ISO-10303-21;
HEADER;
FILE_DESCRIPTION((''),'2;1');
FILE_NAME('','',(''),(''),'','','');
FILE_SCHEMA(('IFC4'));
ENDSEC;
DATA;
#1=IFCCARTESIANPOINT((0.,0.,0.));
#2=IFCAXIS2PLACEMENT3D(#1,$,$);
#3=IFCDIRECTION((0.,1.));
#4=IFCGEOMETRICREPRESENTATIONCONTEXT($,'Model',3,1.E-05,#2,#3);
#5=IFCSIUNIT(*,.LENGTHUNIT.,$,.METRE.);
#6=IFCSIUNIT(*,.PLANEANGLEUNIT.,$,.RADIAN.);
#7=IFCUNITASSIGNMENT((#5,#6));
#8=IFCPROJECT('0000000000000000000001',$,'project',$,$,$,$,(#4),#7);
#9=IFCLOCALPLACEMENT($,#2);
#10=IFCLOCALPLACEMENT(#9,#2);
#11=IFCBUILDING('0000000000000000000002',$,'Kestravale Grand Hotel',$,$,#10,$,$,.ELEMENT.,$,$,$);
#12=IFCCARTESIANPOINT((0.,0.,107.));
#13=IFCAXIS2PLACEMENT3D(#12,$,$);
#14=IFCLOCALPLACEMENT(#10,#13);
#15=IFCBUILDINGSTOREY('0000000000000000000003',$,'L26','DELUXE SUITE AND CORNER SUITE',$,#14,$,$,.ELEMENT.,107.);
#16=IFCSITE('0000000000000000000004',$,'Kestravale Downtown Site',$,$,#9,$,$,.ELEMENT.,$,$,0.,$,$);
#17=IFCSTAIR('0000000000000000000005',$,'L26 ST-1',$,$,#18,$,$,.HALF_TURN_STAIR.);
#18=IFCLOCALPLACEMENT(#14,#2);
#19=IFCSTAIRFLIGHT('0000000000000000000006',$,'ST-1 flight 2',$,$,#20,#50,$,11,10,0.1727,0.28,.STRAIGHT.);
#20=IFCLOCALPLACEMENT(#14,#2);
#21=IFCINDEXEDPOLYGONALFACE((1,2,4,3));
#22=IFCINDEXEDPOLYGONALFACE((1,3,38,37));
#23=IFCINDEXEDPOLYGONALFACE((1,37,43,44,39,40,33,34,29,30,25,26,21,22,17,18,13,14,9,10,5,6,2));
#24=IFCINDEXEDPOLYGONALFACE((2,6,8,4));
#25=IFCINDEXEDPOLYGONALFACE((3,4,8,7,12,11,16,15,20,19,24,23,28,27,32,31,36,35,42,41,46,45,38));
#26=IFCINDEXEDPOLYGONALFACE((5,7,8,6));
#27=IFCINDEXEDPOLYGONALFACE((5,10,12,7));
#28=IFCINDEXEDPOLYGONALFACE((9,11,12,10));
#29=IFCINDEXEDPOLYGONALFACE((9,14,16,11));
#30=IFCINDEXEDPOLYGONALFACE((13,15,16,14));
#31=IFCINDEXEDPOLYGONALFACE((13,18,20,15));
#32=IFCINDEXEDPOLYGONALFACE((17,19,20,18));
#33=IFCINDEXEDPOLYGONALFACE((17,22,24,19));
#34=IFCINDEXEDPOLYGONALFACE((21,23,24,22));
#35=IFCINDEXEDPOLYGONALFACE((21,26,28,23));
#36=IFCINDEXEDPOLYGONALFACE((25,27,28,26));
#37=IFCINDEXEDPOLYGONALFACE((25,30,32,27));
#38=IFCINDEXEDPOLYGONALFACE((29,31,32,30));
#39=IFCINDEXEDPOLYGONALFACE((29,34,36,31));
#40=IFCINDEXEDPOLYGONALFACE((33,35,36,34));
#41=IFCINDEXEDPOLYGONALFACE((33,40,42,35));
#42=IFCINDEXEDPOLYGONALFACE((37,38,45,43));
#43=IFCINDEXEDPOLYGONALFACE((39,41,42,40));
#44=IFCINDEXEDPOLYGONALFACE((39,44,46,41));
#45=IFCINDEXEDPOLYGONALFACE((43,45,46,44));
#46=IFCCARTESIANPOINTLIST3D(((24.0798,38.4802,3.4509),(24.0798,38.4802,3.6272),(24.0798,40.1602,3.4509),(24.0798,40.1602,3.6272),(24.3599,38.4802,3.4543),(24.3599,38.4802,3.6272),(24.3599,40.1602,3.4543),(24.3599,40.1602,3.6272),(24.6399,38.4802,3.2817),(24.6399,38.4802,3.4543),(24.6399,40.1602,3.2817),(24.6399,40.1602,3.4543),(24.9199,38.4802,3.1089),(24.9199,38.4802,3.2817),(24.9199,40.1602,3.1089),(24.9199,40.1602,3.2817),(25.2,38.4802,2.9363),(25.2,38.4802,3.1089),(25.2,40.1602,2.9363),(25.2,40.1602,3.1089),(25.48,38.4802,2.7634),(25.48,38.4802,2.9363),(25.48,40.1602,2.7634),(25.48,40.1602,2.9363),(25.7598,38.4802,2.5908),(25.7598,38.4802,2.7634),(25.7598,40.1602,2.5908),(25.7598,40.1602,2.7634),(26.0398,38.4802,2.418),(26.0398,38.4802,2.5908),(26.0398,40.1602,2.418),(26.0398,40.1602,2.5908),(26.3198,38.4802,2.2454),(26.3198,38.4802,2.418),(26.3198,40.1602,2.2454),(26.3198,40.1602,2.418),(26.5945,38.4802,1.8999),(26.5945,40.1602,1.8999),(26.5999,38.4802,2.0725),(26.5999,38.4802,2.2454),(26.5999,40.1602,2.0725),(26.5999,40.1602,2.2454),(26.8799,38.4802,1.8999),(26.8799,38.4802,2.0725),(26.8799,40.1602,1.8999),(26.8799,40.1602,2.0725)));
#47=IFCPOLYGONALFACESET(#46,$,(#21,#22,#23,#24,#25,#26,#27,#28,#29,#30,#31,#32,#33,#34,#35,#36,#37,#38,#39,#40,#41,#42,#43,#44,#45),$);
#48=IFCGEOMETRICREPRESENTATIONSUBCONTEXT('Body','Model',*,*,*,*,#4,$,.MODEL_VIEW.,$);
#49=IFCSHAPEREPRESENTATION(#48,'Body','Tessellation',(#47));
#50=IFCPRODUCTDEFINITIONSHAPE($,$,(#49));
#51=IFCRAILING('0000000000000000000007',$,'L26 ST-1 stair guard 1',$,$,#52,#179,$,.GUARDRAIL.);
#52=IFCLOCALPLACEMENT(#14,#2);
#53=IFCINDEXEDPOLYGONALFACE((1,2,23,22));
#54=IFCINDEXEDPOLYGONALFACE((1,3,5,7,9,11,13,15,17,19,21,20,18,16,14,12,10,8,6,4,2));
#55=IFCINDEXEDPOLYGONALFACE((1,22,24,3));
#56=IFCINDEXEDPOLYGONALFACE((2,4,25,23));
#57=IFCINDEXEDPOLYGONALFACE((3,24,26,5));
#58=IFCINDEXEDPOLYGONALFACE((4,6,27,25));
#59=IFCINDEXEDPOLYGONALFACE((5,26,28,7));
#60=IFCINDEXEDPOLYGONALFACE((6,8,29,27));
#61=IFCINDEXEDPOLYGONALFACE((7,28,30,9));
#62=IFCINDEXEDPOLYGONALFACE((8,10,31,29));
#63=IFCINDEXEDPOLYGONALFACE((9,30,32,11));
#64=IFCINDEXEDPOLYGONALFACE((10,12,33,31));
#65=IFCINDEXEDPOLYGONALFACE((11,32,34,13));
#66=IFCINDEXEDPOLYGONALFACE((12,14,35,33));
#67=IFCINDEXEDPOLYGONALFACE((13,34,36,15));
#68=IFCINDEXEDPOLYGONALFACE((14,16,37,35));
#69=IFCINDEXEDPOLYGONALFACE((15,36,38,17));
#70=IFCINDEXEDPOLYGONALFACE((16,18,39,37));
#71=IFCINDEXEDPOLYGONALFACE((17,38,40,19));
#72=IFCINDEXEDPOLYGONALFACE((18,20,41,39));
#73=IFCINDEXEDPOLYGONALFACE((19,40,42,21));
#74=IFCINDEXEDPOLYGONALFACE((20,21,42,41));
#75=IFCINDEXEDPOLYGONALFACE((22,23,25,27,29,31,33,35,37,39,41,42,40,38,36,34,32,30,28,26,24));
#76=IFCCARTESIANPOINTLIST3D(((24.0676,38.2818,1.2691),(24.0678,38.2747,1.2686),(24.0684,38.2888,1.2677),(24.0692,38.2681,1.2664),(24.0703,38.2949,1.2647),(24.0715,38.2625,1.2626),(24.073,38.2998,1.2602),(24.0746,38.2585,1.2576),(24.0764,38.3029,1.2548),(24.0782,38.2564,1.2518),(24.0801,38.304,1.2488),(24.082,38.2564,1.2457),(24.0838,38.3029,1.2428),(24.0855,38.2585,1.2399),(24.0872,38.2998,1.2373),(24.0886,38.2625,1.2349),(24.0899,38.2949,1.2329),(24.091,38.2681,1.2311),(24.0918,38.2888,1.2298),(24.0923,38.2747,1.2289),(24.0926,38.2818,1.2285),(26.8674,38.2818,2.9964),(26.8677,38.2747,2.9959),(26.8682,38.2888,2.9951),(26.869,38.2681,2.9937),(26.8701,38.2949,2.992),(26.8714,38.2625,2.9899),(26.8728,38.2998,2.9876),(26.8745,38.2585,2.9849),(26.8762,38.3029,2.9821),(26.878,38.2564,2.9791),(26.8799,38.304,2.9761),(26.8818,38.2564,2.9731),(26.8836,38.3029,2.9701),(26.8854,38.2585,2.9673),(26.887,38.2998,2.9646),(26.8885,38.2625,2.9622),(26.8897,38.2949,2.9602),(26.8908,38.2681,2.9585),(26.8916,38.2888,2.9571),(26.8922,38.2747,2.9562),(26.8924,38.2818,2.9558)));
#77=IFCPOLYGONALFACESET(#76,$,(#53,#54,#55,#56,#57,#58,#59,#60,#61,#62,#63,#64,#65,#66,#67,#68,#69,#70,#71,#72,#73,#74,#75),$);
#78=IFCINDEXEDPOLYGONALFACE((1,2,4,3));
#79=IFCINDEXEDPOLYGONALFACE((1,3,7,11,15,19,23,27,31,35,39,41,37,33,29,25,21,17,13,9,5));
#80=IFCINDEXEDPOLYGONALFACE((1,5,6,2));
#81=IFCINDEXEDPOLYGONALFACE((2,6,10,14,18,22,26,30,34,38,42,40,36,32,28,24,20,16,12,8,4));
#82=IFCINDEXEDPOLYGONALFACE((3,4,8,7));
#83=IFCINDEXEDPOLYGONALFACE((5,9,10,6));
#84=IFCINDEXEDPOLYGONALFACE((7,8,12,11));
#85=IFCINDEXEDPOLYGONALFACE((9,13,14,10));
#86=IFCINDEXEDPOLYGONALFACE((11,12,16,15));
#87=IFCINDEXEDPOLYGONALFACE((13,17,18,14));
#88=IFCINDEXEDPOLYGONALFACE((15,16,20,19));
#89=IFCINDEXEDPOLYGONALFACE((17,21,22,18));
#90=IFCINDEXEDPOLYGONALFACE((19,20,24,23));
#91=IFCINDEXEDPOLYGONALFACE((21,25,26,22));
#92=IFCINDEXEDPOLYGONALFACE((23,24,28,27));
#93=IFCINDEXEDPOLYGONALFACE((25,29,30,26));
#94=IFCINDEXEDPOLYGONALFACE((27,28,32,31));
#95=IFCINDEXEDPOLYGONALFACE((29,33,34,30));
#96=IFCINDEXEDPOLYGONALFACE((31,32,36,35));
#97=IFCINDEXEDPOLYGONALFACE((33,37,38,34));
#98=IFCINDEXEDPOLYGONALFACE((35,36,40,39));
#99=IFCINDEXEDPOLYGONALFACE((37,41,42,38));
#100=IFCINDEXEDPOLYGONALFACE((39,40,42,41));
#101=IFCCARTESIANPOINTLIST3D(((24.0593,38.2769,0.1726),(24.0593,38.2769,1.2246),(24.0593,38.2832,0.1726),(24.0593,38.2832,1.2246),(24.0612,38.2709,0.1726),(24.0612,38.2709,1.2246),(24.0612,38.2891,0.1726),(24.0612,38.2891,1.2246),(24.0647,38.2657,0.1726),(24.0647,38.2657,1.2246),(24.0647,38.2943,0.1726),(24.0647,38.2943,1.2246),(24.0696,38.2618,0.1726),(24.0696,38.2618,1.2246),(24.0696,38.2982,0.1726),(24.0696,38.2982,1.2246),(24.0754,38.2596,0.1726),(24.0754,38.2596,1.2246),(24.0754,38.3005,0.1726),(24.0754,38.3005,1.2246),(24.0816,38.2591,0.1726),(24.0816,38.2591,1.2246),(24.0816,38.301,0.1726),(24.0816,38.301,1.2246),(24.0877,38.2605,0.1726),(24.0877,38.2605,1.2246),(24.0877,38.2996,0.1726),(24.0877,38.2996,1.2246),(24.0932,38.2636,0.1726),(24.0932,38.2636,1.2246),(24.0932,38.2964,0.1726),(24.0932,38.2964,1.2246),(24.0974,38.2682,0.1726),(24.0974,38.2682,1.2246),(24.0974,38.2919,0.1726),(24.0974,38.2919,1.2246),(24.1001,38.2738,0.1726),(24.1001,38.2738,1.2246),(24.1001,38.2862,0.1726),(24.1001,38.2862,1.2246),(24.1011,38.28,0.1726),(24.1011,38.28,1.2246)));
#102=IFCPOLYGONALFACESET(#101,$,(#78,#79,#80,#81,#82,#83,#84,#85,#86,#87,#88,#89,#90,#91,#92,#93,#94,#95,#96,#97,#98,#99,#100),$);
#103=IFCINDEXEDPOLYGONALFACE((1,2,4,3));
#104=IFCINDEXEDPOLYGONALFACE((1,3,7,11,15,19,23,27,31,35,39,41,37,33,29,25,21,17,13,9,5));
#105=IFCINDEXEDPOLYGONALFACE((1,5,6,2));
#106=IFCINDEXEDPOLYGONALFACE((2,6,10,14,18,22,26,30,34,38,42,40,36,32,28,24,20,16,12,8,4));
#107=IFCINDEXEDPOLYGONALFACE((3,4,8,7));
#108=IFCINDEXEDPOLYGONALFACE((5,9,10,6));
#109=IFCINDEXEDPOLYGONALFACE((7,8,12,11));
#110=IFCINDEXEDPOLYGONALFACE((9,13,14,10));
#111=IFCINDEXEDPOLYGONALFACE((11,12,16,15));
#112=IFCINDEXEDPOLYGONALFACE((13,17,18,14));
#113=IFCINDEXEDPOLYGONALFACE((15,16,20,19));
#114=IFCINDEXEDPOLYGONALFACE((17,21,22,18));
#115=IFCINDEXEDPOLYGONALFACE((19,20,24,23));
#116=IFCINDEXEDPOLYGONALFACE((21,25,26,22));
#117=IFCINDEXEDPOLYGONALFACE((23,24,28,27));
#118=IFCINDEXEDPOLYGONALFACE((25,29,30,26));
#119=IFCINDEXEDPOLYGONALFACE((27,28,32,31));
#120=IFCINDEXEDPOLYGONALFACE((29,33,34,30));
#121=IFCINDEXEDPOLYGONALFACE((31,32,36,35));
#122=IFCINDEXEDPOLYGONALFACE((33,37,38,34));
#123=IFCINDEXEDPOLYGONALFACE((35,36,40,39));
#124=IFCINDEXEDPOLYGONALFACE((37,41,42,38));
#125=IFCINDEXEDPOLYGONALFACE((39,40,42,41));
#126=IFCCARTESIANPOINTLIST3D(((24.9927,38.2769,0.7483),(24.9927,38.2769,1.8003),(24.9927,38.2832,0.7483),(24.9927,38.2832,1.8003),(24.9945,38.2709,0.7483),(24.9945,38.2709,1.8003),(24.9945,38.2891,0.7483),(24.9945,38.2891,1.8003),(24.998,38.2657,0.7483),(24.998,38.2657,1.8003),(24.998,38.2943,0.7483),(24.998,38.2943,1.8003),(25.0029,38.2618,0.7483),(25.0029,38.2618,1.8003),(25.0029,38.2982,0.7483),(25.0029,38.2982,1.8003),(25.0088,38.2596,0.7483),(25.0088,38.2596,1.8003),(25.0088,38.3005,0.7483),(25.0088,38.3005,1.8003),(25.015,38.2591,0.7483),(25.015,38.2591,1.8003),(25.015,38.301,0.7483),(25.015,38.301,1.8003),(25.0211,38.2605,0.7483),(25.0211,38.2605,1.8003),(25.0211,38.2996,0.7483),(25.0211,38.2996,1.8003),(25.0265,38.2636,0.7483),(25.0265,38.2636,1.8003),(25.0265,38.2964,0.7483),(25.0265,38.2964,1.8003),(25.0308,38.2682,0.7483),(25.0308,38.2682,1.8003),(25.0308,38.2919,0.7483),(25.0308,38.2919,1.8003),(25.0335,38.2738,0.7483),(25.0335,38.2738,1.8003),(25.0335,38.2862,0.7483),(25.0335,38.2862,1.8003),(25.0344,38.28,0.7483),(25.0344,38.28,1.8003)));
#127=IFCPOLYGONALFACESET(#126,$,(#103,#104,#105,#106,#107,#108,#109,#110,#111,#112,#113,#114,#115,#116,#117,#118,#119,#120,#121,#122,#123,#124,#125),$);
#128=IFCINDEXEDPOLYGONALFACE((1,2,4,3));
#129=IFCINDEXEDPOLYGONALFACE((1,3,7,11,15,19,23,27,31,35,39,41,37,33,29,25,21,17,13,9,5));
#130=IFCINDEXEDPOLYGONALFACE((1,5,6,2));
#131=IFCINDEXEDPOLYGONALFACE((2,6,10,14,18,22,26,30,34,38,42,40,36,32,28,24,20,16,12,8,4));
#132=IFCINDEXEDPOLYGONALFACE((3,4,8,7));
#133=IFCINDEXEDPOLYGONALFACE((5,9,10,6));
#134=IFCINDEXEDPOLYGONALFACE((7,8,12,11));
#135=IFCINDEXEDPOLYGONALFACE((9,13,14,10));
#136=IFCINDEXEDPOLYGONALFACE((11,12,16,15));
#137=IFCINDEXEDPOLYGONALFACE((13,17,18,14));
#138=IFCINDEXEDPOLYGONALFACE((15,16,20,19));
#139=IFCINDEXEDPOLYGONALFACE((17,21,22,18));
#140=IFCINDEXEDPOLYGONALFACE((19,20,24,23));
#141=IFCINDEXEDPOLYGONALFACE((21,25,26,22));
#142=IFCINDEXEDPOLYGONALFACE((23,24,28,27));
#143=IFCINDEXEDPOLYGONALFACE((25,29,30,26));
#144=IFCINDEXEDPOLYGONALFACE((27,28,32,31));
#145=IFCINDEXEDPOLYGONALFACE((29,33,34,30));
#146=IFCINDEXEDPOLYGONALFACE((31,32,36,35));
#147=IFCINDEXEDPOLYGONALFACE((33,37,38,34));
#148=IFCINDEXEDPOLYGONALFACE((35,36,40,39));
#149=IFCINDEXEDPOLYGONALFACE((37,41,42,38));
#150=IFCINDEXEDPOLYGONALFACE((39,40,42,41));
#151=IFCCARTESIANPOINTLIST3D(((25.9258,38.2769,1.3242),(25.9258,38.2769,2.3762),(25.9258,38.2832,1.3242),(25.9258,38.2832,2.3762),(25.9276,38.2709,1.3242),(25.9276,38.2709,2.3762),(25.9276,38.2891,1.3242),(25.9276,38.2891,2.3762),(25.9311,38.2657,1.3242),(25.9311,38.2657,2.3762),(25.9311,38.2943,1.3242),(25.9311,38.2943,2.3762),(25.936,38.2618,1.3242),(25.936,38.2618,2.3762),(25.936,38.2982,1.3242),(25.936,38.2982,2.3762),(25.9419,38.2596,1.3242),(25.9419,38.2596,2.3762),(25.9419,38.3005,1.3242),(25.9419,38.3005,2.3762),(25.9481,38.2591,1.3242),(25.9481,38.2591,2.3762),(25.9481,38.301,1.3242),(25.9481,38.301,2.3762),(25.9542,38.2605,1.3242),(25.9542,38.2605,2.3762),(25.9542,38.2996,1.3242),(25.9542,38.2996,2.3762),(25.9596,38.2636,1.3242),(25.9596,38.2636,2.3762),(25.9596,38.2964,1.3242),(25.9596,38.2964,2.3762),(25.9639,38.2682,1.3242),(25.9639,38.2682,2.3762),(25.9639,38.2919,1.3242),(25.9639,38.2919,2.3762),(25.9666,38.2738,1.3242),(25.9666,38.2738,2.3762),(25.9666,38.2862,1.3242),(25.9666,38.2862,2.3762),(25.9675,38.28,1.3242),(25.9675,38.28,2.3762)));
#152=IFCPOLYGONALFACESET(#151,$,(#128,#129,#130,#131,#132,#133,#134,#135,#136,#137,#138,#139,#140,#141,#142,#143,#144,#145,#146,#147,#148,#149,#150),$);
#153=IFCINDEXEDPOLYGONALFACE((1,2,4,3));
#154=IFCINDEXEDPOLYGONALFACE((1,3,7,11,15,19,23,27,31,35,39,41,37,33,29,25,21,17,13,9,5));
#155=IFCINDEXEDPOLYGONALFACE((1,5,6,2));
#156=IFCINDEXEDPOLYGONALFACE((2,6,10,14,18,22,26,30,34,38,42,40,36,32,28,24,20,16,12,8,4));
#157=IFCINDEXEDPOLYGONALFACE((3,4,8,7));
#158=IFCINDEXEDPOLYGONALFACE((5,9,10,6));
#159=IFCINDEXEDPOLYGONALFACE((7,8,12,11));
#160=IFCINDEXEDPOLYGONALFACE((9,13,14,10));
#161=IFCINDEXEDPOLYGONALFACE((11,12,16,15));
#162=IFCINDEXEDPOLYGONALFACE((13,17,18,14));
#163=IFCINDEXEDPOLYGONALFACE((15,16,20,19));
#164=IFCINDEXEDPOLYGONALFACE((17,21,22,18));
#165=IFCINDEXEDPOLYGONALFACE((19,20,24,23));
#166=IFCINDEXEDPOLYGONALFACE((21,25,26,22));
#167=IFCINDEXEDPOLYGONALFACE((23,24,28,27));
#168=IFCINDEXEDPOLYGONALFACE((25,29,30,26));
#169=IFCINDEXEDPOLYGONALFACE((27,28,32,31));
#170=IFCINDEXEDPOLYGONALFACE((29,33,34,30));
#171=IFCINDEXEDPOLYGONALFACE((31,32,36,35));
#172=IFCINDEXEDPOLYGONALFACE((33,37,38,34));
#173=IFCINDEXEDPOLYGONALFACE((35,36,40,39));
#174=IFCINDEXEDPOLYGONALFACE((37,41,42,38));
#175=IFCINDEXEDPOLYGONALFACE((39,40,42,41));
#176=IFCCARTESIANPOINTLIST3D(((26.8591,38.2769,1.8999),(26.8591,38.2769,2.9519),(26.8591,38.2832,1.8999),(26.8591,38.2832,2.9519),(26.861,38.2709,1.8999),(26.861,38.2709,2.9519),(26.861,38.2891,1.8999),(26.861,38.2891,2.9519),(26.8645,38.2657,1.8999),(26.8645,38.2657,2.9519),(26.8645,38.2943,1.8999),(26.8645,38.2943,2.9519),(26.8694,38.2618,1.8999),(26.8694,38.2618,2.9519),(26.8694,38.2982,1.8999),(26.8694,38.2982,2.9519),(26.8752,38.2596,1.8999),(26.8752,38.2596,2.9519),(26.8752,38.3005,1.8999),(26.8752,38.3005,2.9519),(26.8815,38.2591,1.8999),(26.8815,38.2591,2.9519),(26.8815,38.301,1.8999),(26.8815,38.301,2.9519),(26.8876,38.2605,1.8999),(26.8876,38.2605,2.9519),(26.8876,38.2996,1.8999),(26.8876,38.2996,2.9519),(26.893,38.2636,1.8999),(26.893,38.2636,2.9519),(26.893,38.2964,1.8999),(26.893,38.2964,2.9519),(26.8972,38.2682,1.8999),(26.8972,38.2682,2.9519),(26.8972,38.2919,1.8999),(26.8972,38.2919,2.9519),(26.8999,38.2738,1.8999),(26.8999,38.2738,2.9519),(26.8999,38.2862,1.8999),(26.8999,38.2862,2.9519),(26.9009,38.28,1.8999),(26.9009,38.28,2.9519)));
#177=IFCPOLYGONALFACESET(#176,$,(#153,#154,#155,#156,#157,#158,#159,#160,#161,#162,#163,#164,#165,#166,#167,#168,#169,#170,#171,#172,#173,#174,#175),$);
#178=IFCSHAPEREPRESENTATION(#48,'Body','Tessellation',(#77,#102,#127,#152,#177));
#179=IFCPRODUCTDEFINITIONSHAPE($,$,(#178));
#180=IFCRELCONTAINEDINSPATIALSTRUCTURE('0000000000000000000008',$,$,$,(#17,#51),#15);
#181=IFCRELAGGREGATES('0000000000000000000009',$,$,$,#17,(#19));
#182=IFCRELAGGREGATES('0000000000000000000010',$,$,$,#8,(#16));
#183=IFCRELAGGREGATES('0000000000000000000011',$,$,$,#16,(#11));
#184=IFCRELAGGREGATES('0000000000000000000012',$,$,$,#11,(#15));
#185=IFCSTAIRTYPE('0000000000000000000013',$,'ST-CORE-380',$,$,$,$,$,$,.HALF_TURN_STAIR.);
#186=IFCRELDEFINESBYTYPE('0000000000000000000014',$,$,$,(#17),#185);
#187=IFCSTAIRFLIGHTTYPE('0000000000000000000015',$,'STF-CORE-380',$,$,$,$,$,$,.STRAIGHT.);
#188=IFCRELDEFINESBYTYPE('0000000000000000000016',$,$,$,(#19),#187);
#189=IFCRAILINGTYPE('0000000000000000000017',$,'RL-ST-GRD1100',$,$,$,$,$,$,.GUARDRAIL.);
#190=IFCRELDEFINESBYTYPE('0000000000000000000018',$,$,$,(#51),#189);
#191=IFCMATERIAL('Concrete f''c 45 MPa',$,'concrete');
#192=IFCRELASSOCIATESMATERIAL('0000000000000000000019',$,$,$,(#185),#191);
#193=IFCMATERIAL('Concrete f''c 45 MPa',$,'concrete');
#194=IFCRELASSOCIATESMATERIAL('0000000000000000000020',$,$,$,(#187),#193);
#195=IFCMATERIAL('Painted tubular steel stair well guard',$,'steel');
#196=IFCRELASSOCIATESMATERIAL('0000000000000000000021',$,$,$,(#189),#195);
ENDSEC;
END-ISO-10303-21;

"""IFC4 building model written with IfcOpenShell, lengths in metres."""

from ifc_helpers import new_model, si_unit, direction, frame, origin, origin_2d, place, context, subcontext, project, spatial, polyline, circle, outline, extrude, material, type_object, element, aggregate, save


model = new_model("IFC4")

# Units and contexts
model_context = context("Model", 3, precision=1e-05, world=origin(), true_north=direction((0.0, 1.0)))
body_context = subcontext(model_context, "Body", "Model", "MODEL_VIEW")
ifc_project = project(units=[si_unit("LENGTHUNIT", "METRE"), si_unit("PLANEANGLEUNIT", "RADIAN")], contexts=[model_context])

# Site, building, storey
site_placement = place(None, origin())
site = spatial("IfcSite", under=ifc_project, at=site_placement, Name="Kestravale Downtown Site", CompositionType="ELEMENT", RefElevation=0.0)
building_placement = place(site_placement, origin())
building = spatial("IfcBuilding", under=site, at=building_placement, Name="Kestravale Grand Hotel", CompositionType="ELEMENT")
storey_placement = place(building_placement, frame((0.0, 0.0, 107.0)))
storey = spatial("IfcBuildingStorey", under=building, at=storey_placement, Name="L26", Description="DELUXE SUITE AND CORNER SUITE", CompositionType="ELEMENT", Elevation=107.0)

# Stair, stair flight
ifc_material_1 = material(Name="Concrete f'c 45 MPa", Category="concrete")
stair_type = type_object("IfcStairType", Name="ST-CORE-380", PredefinedType="HALF_TURN_STAIR", material=ifc_material_1)
stair_placement = place(storey_placement, origin())
stair = element("IfcStair", 1, at=stair_placement, inside=storey, type_object=stair_type, Name="L26 ST-1", PredefinedType="HALF_TURN_STAIR")
ifc_material_2 = material(Name="Concrete f'c 45 MPa", Category="concrete")
stair_flight_type = type_object("IfcStairFlightType", Name="STF-CORE-380", PredefinedType="STRAIGHT", material=ifc_material_2)
stair_flight_1_placement = place(storey_placement, frame((26.8799, 39.3201, 1.8999), z_axis=(0.0, 0.0, 1.0), x_axis=(-1.0, 0.0, 0.0)))
stair_flight_1 = element("IfcStairFlight", 2, at=stair_flight_1_placement, type_object=stair_flight_type, Name="ST-1 flight 2", NumberOfRisers=11, NumberOfTreads=10, PredefinedType="STRAIGHT", RiserHeight=0.1727, TreadLength=0.28, context=body_context, shape_type="SweptSolid", body=[
    extrude(outline(polyline([(0.0, 0.0), (0.0, 0.1726), (0.28, 0.1726), (0.28, 0.3455), (0.5601, 0.3455), (0.5601, 0.5181), (0.8401, 0.5181), (0.8401, 0.6909), (1.1201, 0.6909), (1.1201, 0.8635), (1.3999, 0.8635), (1.3999, 1.0364), (1.6799, 1.0364), (1.6799, 1.209), (1.96, 1.209), (1.96, 1.3818), (2.24, 1.3818), (2.24, 1.5544), (2.52, 1.5544), (2.52, 1.7273), (2.8, 1.7273), (2.8, 1.8999), (2.8, 1.551), (0.2854, 0.0), (0.0, 0.0)])), frame((0.0, 0.8398, 0.0), z_axis=(0.0, -1.0, 0.0), x_axis=(1.0, 0.0, 0.0)), (0.0, 0.0, 1.0), 1.6799),
])
aggregate(stair, [stair_flight_1])

# Railing
ifc_material_3 = material(Name="Painted tubular steel stair well guard", Category="steel")
railing_type_1 = type_object("IfcRailingType", Name="RL-ST-GRD1100", PredefinedType="GUARDRAIL", material=ifc_material_3)
railing_1_placement = place(storey_placement, frame((24.0801, 38.28, 0.1726)))
element("IfcRailing", 3, at=railing_1_placement, inside=storey, type_object=railing_type_1, Name="L26 ST-1 stair guard 1", PredefinedType="GUARDRAIL", context=body_context, shape_type="SweptSolid", body=[
    extrude(circle(Radius=0.0239, at=origin_2d()), frame((0.0, 0.0, 1.0762), z_axis=(0.851069, 0.0, 0.525054), x_axis=(0.0, 1.0, 0.0)), (0.0, 0.0, 1.0), 3.2898),
    extrude(circle(Radius=0.021, at=origin_2d()), origin(), (0.0, 0.0, 1.0), 1.052),
    extrude(circle(Radius=0.021, at=origin_2d()), frame((0.9333, 0.0, 0.5757)), (0.0, 0.0, 1.0), 1.052),
    extrude(circle(Radius=0.021, at=origin_2d()), frame((1.8665, 0.0, 1.1516)), (0.0, 0.0, 1.0), 1.052),
    extrude(circle(Radius=0.021, at=origin_2d()), frame((2.7998, 0.0, 1.7273)), (0.0, 0.0, 1.0), 1.052),
])

save(model, "model.ifc")
